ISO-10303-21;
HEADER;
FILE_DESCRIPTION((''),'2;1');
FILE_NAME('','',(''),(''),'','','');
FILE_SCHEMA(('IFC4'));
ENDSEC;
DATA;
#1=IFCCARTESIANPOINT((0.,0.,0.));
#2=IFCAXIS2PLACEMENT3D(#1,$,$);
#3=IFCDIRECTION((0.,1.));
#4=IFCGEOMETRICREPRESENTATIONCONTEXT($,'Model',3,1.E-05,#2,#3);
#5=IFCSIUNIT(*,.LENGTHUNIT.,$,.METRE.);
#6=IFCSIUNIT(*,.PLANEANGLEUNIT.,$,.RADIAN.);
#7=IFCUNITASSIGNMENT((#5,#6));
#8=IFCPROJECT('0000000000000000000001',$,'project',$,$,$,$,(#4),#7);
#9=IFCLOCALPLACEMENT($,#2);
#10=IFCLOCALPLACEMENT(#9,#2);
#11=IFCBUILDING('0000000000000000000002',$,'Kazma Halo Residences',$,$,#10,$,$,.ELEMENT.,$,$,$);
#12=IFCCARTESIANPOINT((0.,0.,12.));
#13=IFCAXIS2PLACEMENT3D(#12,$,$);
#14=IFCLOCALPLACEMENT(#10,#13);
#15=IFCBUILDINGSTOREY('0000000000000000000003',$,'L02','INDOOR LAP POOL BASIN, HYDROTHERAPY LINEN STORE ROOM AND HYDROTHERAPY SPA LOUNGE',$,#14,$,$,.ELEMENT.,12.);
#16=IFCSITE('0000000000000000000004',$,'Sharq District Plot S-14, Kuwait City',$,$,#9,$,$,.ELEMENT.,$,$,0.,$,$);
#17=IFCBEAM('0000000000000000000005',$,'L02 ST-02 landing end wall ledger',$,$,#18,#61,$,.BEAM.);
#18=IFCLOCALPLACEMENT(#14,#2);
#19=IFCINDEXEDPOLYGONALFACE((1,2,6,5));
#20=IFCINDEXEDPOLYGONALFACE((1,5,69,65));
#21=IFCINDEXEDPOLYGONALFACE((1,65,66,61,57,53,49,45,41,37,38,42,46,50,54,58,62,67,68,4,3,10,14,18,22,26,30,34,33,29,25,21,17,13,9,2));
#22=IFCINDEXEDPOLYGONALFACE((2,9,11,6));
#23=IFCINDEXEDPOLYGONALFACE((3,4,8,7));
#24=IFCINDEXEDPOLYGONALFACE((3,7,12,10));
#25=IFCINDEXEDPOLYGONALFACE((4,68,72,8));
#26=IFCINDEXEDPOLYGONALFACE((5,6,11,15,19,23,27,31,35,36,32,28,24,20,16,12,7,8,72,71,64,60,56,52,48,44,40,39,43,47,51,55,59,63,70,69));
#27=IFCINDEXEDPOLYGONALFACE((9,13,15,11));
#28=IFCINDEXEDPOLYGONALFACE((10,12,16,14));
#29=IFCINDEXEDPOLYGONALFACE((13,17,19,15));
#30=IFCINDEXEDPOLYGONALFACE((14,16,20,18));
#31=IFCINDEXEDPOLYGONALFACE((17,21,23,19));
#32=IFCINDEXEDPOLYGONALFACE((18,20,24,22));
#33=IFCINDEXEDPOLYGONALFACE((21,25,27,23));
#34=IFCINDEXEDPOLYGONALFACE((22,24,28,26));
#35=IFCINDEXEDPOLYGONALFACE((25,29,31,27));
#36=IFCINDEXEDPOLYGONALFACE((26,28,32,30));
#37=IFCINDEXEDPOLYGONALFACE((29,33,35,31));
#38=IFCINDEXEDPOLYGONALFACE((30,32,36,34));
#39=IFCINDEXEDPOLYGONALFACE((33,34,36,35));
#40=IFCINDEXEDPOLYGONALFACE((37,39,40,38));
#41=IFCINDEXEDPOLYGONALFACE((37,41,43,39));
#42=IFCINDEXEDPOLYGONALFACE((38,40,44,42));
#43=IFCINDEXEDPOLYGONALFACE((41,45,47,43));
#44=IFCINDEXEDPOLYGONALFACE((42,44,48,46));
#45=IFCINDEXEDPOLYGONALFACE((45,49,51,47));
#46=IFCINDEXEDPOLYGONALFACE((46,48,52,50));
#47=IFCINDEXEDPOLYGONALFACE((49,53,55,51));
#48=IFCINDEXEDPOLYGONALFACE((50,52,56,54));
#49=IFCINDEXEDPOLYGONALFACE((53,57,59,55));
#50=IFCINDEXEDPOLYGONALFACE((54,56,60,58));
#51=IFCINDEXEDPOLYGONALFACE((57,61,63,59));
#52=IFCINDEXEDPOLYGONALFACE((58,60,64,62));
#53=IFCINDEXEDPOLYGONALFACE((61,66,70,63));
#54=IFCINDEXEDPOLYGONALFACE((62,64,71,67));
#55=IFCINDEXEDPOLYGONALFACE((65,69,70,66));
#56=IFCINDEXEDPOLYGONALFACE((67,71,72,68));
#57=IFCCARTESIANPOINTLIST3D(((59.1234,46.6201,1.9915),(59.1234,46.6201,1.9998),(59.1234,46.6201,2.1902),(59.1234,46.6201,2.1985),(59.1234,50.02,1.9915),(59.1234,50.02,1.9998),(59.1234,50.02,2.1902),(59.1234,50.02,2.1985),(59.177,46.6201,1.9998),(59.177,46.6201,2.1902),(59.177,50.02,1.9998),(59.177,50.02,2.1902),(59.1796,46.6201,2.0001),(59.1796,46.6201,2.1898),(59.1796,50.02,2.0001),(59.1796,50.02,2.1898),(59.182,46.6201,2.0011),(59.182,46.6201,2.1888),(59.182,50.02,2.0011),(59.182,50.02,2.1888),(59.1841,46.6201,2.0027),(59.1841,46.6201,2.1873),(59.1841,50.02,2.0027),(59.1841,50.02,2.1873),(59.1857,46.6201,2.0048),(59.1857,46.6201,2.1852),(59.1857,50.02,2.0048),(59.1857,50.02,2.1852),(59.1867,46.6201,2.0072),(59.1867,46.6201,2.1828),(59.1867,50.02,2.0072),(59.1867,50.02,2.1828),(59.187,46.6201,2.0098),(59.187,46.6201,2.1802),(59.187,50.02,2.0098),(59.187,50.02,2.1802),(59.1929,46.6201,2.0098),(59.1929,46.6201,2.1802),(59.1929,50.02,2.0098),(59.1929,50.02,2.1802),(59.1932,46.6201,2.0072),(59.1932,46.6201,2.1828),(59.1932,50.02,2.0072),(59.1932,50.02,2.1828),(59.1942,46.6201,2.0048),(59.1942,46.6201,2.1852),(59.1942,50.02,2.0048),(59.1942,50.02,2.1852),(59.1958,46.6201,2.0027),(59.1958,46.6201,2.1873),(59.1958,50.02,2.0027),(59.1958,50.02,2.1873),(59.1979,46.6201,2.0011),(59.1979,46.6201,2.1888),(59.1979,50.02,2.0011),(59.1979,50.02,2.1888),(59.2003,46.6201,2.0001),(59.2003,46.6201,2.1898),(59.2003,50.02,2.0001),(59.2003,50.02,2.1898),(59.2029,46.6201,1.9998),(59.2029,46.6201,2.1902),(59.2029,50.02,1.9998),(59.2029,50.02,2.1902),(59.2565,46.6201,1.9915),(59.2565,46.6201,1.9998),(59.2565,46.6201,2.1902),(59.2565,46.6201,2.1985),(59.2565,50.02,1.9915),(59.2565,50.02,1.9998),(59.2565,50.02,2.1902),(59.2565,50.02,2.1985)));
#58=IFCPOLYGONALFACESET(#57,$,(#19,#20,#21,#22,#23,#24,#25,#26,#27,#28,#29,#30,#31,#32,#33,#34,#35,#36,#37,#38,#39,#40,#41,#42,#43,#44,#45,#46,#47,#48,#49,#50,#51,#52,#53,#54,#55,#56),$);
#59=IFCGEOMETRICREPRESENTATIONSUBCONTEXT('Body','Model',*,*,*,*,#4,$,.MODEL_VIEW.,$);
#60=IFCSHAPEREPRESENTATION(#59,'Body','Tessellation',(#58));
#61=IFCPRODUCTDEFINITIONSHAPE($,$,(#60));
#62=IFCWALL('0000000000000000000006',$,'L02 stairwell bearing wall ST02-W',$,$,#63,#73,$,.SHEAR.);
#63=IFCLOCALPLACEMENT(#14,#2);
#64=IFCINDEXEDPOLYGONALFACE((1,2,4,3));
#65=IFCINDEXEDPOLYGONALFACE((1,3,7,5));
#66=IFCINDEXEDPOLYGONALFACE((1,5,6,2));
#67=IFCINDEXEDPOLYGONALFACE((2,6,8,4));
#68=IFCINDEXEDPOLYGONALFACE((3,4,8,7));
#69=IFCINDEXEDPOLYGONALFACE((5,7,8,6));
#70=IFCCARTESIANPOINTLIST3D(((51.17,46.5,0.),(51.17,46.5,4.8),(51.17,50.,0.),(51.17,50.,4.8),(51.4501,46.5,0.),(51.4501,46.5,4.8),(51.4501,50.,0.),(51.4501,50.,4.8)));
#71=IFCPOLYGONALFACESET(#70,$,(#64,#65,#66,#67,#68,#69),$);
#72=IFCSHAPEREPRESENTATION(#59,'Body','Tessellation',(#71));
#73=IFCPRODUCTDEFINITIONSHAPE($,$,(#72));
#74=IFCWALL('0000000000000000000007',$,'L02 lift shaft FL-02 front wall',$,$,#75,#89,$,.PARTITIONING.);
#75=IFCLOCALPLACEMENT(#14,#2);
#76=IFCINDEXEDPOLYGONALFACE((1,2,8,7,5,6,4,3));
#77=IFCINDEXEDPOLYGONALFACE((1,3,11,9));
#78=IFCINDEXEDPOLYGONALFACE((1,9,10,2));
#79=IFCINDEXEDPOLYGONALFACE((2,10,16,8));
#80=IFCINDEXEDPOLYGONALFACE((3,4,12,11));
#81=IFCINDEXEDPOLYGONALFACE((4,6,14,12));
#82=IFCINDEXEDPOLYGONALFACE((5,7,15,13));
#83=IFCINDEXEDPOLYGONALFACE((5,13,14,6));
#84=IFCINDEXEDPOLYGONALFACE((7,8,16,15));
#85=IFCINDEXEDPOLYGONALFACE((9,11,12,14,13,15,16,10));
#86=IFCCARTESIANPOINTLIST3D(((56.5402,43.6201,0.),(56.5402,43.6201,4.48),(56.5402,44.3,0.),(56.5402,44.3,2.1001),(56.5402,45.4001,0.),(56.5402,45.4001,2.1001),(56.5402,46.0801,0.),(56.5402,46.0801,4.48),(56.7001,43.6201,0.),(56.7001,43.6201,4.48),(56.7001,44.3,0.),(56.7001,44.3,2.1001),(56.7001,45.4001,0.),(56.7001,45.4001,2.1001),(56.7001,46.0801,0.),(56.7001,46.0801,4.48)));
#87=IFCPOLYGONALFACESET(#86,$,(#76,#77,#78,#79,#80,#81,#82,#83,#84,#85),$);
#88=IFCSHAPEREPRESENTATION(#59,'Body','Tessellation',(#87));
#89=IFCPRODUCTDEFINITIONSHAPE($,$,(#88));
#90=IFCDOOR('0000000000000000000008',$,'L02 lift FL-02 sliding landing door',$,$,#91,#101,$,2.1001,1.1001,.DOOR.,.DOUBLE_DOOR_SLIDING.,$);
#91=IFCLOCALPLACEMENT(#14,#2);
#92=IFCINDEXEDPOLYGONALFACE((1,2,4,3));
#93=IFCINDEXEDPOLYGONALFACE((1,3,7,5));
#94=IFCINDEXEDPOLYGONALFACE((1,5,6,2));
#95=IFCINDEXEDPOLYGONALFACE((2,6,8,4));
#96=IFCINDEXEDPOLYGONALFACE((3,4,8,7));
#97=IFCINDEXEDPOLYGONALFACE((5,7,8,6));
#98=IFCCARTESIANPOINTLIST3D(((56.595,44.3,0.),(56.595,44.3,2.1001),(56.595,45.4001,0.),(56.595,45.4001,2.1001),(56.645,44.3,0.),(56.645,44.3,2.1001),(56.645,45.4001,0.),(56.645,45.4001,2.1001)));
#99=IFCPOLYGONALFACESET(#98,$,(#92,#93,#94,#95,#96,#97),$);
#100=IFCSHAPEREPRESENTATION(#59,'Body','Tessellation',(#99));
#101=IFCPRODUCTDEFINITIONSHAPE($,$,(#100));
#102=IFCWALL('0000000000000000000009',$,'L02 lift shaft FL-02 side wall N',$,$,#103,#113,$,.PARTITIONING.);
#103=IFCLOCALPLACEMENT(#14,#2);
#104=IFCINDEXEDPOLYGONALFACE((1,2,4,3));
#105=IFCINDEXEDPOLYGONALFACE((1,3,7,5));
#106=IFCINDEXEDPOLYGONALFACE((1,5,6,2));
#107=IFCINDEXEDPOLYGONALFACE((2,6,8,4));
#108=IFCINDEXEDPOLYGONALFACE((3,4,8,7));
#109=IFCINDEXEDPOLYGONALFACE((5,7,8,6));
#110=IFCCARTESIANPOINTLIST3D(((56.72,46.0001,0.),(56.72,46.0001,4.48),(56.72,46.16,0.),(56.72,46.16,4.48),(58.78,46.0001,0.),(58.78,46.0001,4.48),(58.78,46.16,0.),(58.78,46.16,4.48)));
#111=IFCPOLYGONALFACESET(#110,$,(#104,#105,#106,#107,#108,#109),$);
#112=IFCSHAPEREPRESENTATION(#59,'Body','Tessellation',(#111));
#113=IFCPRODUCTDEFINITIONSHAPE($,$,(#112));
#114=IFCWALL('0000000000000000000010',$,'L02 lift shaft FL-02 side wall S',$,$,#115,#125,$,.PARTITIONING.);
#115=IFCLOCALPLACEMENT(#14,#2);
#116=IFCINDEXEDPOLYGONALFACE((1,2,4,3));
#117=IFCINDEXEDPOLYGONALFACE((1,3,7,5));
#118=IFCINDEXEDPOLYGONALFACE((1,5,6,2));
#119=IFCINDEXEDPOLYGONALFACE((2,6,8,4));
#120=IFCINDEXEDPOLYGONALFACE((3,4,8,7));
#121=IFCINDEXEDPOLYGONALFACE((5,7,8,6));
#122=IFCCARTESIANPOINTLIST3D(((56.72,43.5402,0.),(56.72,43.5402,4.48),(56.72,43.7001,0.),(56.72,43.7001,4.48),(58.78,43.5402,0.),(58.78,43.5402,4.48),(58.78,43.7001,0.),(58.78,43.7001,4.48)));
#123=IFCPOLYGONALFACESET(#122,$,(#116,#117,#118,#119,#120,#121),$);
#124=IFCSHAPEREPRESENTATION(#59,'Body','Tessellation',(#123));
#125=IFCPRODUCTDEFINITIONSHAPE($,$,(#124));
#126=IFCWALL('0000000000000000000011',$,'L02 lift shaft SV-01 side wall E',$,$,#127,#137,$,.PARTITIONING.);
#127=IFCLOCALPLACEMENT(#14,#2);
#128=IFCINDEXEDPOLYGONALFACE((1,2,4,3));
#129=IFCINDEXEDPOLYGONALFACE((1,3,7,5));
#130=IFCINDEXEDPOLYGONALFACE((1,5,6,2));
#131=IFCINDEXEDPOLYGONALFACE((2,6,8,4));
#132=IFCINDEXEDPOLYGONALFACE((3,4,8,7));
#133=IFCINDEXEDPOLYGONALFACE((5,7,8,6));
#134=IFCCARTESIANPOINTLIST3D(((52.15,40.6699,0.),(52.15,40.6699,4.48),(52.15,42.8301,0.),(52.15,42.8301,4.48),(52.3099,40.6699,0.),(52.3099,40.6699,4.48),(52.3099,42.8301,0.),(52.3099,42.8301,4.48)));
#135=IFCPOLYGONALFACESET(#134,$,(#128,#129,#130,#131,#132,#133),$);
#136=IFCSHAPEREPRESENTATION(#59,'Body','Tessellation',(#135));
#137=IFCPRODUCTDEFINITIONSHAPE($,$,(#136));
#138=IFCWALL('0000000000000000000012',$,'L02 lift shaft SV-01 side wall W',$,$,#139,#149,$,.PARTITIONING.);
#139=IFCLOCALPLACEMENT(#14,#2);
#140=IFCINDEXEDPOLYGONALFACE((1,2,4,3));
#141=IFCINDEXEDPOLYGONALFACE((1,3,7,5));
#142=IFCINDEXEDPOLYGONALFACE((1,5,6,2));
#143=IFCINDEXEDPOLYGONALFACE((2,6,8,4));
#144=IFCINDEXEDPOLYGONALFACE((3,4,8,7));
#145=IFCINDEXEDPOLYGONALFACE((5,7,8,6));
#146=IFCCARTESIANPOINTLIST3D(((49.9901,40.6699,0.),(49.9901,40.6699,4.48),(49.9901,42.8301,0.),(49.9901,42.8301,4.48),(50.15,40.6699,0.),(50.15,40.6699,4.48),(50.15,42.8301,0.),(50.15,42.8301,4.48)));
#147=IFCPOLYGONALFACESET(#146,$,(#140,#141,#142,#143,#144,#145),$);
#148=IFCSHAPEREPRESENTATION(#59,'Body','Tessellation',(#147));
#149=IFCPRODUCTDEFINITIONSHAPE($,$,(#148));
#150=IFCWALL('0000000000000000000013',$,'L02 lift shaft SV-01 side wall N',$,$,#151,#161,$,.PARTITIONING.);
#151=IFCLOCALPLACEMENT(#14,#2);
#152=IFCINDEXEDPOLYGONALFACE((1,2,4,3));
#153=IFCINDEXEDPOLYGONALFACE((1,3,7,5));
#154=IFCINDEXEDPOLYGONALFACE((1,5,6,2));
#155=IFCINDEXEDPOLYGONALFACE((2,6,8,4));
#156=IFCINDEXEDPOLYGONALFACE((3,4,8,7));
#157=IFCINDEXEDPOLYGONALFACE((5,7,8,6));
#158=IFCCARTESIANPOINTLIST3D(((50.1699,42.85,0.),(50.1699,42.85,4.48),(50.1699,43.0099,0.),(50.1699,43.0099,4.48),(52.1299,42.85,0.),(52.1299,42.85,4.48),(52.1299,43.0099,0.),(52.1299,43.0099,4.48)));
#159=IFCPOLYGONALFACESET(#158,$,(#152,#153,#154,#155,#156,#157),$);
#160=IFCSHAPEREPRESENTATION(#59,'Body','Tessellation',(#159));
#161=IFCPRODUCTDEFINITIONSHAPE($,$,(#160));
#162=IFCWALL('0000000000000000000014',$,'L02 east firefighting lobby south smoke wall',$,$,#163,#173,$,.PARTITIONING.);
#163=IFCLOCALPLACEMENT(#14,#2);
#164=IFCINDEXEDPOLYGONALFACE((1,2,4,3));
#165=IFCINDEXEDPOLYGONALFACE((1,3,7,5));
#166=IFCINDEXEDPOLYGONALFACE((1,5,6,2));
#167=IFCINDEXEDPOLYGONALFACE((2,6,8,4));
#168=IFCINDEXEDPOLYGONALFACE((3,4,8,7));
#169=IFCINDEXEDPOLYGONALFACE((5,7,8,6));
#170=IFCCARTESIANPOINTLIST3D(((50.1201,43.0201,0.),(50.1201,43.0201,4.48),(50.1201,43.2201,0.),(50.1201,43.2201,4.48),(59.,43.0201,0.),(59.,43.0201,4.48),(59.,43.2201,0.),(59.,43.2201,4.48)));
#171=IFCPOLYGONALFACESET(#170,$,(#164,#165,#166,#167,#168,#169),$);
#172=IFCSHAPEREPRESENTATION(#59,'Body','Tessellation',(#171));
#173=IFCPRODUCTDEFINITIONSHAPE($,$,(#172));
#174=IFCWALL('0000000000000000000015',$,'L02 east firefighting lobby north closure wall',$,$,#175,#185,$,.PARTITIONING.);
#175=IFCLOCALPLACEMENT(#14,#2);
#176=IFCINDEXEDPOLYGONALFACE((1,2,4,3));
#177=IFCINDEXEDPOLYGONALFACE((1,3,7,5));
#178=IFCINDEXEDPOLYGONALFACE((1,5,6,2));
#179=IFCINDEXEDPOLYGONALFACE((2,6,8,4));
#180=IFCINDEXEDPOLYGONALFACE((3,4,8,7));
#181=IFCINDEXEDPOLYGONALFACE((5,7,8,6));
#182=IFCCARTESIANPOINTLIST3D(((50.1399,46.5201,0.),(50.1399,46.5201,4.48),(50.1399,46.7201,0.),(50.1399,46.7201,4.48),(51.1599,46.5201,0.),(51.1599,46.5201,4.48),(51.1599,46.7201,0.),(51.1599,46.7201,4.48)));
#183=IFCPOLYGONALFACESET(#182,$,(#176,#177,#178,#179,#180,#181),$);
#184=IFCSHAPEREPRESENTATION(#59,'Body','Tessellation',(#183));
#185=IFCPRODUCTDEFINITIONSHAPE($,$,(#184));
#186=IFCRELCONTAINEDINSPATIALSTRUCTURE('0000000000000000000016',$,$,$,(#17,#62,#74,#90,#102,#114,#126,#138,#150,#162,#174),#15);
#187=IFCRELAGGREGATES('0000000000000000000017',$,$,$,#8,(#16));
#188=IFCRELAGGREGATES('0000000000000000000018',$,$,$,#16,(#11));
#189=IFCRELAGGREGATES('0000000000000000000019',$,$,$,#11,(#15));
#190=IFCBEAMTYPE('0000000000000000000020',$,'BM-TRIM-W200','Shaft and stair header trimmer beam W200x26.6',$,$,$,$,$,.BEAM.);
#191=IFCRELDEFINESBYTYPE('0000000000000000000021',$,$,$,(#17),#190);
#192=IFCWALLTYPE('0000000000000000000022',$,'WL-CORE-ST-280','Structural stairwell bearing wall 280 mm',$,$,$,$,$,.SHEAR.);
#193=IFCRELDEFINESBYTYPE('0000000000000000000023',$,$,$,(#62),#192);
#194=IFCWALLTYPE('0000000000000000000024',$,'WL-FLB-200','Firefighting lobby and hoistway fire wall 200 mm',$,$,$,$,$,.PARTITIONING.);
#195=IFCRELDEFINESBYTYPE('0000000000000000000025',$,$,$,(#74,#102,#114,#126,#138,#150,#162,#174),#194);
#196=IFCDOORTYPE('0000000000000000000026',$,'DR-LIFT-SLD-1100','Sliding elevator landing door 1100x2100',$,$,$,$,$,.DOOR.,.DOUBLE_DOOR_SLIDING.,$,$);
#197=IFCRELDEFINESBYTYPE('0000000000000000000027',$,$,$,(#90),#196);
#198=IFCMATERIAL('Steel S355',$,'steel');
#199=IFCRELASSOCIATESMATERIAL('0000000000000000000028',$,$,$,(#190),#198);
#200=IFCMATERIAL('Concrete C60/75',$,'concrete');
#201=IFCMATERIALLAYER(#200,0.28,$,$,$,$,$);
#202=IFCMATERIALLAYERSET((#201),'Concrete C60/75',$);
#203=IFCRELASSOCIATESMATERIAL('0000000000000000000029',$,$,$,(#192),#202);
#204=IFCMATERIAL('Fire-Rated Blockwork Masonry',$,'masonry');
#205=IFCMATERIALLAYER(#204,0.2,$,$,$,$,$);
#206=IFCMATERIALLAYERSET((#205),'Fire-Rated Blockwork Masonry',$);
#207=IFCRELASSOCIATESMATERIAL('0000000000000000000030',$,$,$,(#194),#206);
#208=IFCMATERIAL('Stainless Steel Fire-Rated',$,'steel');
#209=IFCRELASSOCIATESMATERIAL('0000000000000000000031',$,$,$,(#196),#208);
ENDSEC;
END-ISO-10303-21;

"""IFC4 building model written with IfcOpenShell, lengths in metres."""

from ifc_helpers import new_model, si_unit, direction, frame, frame_2d, origin, origin_2d, place, context, subcontext, project, spatial, rectangle, i_section, extrude, material, layer, layer_set, material_profile, profile_set, type_object, element, fill, save


model = new_model("IFC4")

# Units and contexts
model_context = context("Model", 3, precision=1e-05, world=origin(), true_north=direction((0.0, 1.0)))
body_context = subcontext(model_context, "Body", "Model", "MODEL_VIEW")
ifc_project = project(units=[si_unit("LENGTHUNIT", "METRE"), si_unit("PLANEANGLEUNIT", "RADIAN")], contexts=[model_context])

# Site, building, storey
site_placement = place(None, origin())
site = spatial("IfcSite", under=ifc_project, at=site_placement, Name="Sharq District Plot S-14, Kuwait City", CompositionType="ELEMENT", RefElevation=0.0)
building_placement = place(site_placement, origin())
building = spatial("IfcBuilding", under=site, at=building_placement, Name="Kazma Halo Residences", CompositionType="ELEMENT")
storey_placement = place(building_placement, frame((0.0, 0.0, 12.0)))
storey = spatial("IfcBuildingStorey", under=building, at=storey_placement, Name="L02", Description="INDOOR LAP POOL BASIN, HYDROTHERAPY LINEN STORE ROOM AND HYDROTHERAPY SPA LOUNGE", CompositionType="ELEMENT", Elevation=12.0)

# Shared definitions
ifc_material_1 = material(Name="Steel S355", Category="steel")

# Beam
ifc_material_profile_1 = material_profile(ifc_material_1, i_section(OverallWidth=0.1331, OverallDepth=0.207, WebThickness=0.0059, FlangeThickness=0.0083, FilletRadius=0.01, at=origin_2d()), Name="W200x26.6")
ifc_profile_set_1 = profile_set([ifc_material_profile_1], Name="Steel S355")
beam_type = type_object("IfcBeamType", Name="BM-TRIM-W200", Description="Shaft and stair header trimmer beam W200x26.6", PredefinedType="BEAM", material=ifc_profile_set_1)
beam_1_placement = place(storey_placement, frame((59.1899, 46.6201, 2.095), z_axis=(0.0, 1.0, 0.0), x_axis=(-1.0, 0.0, 0.0)))
element("IfcBeam", 1, at=beam_1_placement, inside=storey, type_object=beam_type, Name="L02 ST-02 landing end wall ledger", PredefinedType="BEAM", context=body_context, shape_type="SweptSolid", body=[
    extrude(i_section(OverallWidth=0.1331, OverallDepth=0.207, WebThickness=0.0059, FlangeThickness=0.0083, FilletRadius=0.01, at=origin_2d()), origin(), (0.0, 0.0, 1.0), 3.3999),
])

# Wall
ifc_material_2 = material(Name="Concrete C60/75", Category="concrete")
ifc_layer_1 = layer(ifc_material_2, 0.28)
ifc_layer_set_1 = layer_set([ifc_layer_1], Name="Concrete C60/75")
wall_type_1 = type_object("IfcWallType", Name="WL-CORE-ST-280", Description="Structural stairwell bearing wall 280 mm", PredefinedType="SHEAR", material=ifc_layer_set_1)
wall_1_placement = place(storey_placement, frame((51.3101, 46.5, 0.0), z_axis=(0.0, 0.0, 1.0), x_axis=(0.0, 1.0, 0.0)))
element("IfcWall", 2, at=wall_1_placement, inside=storey, type_object=wall_type_1, Name="L02 stairwell bearing wall ST02-W", PredefinedType="SHEAR", context=body_context, shape_type="SweptSolid", body=[
    extrude(rectangle(XDim=3.5, YDim=0.28, at=frame_2d((1.75, 0.0))), origin(), (0.0, 0.0, 1.0), 4.8),
])

# Wall, opening, door
ifc_material_3 = material(Name="Fire-Rated Blockwork Masonry", Category="masonry")
ifc_layer_2 = layer(ifc_material_3, 0.2)
ifc_layer_set_2 = layer_set([ifc_layer_2], Name="Fire-Rated Blockwork Masonry")
wall_type_2 = type_object("IfcWallType", Name="WL-FLB-200", Description="Firefighting lobby and hoistway fire wall 200 mm", PredefinedType="PARTITIONING", material=ifc_layer_set_2)
wall_2_placement = place(storey_placement, frame((56.6201, 46.0801, 0.0), z_axis=(0.0, 0.0, 1.0), x_axis=(0.0, -1.0, 0.0)))
wall_2 = element("IfcWall", 3, at=wall_2_placement, inside=storey, type_object=wall_type_2, Name="L02 lift shaft FL-02 front wall", PredefinedType="PARTITIONING", context=body_context, shape_type="SweptSolid", body=[
    extrude(rectangle(XDim=2.46, YDim=0.1599, at=frame_2d((1.23, 0.0))), origin(), (0.0, 0.0, 1.0), 4.48),
])
opening_1_placement = place(wall_2_placement, frame((0.6799, 0.0, 0.0)))
opening_1 = element("IfcOpeningElement", 4, at=opening_1_placement, cuts=wall_2, PredefinedType="OPENING", context=body_context, shape_type="SweptSolid", body=[
    extrude(rectangle(XDim=1.1001, YDim=2.1001, at=frame_2d((0.55, 1.05))), frame((0.0, 0.0898, 0.0), z_axis=(0.0, -1.0, 0.0), x_axis=(1.0, 0.0, 0.0)), (0.0, 0.0, 1.0), 0.1799),
])
ifc_material_4 = material(Name="Stainless Steel Fire-Rated", Category="steel")
door_type_1 = type_object("IfcDoorType", Name="DR-LIFT-SLD-1100", Description="Sliding elevator landing door 1100x2100", OperationType="DOUBLE_DOOR_SLIDING", PredefinedType="DOOR", material=ifc_material_4)
door_1_placement = place(opening_1_placement, origin())
door_1 = element("IfcDoor", 5, at=door_1_placement, inside=storey, type_object=door_type_1, Name="L02 lift FL-02 sliding landing door", OperationType="DOUBLE_DOOR_SLIDING", OverallHeight=2.1001, OverallWidth=1.1001, PredefinedType="DOOR", context=body_context, shape_type="SweptSolid", body=[
    extrude(rectangle(XDim=1.1001, YDim=2.1001, at=frame_2d((0.55, 1.05))), frame((0.0, 0.0249, 0.0), z_axis=(0.0, -1.0, 0.0), x_axis=(1.0, 0.0, 0.0)), (0.0, 0.0, 1.0), 0.05),
])
fill(opening_1, door_1)

# Walls
for number, where, z_axis, x_axis, name in (
    (6, (56.72, 46.0801, 0.0), (0.0, 0.0, 1.0), (1.0, 0.0, 0.0), "L02 lift shaft FL-02 side wall N"),
    (7, (56.72, 43.6201, 0.0), (0.0, 0.0, 1.0), (1.0, 0.0, 0.0), "L02 lift shaft FL-02 side wall S"),
):
    element("IfcWall", number, at=place(storey_placement, frame(where, z_axis=z_axis, x_axis=x_axis)), inside=storey, type_object=wall_type_2, Name=name, PredefinedType="PARTITIONING", context=body_context, shape_type="SweptSolid", body=[
        extrude(rectangle(XDim=2.0601, YDim=0.1599, at=frame_2d((1.03, 0.0))), origin(), (0.0, 0.0, 1.0), 4.48),
    ])
for number, where, z_axis, x_axis, name in (
    (8, (52.23, 40.6699, 0.0), (0.0, 0.0, 1.0), (0.0, 1.0, 0.0), "L02 lift shaft SV-01 side wall E"),
    (9, (50.0701, 40.6699, 0.0), (0.0, 0.0, 1.0), (0.0, 1.0, 0.0), "L02 lift shaft SV-01 side wall W"),
):
    element("IfcWall", number, at=place(storey_placement, frame(where, z_axis=z_axis, x_axis=x_axis)), inside=storey, type_object=wall_type_2, Name=name, PredefinedType="PARTITIONING", context=body_context, shape_type="SweptSolid", body=[
        extrude(rectangle(XDim=2.1602, YDim=0.1599, at=frame_2d((1.0801, 0.0))), origin(), (0.0, 0.0, 1.0), 4.48),
    ])
wall_3_placement = place(storey_placement, frame((50.1699, 42.9299, 0.0), z_axis=(0.0, 0.0, 1.0), x_axis=(1.0, 0.0, 0.0)))
element("IfcWall", 10, at=wall_3_placement, inside=storey, type_object=wall_type_2, Name="L02 lift shaft SV-01 side wall N", PredefinedType="PARTITIONING", context=body_context, shape_type="SweptSolid", body=[
    extrude(rectangle(XDim=1.96, YDim=0.1599, at=frame_2d((0.98, 0.0))), origin(), (0.0, 0.0, 1.0), 4.48),
])
wall_4_placement = place(storey_placement, frame((50.1201, 43.1201, 0.0), z_axis=(0.0, 0.0, 1.0), x_axis=(1.0, 0.0, 0.0)))
element("IfcWall", 11, at=wall_4_placement, inside=storey, type_object=wall_type_2, Name="L02 east firefighting lobby south smoke wall", PredefinedType="PARTITIONING", context=body_context, shape_type="SweptSolid", body=[
    extrude(rectangle(XDim=8.8799, YDim=0.2, at=frame_2d((4.4399, 0.0))), origin(), (0.0, 0.0, 1.0), 4.48),
])
wall_5_placement = place(storey_placement, frame((50.1399, 46.6201, 0.0), z_axis=(0.0, 0.0, 1.0), x_axis=(1.0, 0.0, 0.0)))
element("IfcWall", 12, at=wall_5_placement, inside=storey, type_object=wall_type_2, Name="L02 east firefighting lobby north closure wall", PredefinedType="PARTITIONING", context=body_context, shape_type="SweptSolid", body=[
    extrude(rectangle(XDim=1.02, YDim=0.2, at=frame_2d((0.51, 0.0))), origin(), (0.0, 0.0, 1.0), 4.48),
])

save(model, "model.ifc")
